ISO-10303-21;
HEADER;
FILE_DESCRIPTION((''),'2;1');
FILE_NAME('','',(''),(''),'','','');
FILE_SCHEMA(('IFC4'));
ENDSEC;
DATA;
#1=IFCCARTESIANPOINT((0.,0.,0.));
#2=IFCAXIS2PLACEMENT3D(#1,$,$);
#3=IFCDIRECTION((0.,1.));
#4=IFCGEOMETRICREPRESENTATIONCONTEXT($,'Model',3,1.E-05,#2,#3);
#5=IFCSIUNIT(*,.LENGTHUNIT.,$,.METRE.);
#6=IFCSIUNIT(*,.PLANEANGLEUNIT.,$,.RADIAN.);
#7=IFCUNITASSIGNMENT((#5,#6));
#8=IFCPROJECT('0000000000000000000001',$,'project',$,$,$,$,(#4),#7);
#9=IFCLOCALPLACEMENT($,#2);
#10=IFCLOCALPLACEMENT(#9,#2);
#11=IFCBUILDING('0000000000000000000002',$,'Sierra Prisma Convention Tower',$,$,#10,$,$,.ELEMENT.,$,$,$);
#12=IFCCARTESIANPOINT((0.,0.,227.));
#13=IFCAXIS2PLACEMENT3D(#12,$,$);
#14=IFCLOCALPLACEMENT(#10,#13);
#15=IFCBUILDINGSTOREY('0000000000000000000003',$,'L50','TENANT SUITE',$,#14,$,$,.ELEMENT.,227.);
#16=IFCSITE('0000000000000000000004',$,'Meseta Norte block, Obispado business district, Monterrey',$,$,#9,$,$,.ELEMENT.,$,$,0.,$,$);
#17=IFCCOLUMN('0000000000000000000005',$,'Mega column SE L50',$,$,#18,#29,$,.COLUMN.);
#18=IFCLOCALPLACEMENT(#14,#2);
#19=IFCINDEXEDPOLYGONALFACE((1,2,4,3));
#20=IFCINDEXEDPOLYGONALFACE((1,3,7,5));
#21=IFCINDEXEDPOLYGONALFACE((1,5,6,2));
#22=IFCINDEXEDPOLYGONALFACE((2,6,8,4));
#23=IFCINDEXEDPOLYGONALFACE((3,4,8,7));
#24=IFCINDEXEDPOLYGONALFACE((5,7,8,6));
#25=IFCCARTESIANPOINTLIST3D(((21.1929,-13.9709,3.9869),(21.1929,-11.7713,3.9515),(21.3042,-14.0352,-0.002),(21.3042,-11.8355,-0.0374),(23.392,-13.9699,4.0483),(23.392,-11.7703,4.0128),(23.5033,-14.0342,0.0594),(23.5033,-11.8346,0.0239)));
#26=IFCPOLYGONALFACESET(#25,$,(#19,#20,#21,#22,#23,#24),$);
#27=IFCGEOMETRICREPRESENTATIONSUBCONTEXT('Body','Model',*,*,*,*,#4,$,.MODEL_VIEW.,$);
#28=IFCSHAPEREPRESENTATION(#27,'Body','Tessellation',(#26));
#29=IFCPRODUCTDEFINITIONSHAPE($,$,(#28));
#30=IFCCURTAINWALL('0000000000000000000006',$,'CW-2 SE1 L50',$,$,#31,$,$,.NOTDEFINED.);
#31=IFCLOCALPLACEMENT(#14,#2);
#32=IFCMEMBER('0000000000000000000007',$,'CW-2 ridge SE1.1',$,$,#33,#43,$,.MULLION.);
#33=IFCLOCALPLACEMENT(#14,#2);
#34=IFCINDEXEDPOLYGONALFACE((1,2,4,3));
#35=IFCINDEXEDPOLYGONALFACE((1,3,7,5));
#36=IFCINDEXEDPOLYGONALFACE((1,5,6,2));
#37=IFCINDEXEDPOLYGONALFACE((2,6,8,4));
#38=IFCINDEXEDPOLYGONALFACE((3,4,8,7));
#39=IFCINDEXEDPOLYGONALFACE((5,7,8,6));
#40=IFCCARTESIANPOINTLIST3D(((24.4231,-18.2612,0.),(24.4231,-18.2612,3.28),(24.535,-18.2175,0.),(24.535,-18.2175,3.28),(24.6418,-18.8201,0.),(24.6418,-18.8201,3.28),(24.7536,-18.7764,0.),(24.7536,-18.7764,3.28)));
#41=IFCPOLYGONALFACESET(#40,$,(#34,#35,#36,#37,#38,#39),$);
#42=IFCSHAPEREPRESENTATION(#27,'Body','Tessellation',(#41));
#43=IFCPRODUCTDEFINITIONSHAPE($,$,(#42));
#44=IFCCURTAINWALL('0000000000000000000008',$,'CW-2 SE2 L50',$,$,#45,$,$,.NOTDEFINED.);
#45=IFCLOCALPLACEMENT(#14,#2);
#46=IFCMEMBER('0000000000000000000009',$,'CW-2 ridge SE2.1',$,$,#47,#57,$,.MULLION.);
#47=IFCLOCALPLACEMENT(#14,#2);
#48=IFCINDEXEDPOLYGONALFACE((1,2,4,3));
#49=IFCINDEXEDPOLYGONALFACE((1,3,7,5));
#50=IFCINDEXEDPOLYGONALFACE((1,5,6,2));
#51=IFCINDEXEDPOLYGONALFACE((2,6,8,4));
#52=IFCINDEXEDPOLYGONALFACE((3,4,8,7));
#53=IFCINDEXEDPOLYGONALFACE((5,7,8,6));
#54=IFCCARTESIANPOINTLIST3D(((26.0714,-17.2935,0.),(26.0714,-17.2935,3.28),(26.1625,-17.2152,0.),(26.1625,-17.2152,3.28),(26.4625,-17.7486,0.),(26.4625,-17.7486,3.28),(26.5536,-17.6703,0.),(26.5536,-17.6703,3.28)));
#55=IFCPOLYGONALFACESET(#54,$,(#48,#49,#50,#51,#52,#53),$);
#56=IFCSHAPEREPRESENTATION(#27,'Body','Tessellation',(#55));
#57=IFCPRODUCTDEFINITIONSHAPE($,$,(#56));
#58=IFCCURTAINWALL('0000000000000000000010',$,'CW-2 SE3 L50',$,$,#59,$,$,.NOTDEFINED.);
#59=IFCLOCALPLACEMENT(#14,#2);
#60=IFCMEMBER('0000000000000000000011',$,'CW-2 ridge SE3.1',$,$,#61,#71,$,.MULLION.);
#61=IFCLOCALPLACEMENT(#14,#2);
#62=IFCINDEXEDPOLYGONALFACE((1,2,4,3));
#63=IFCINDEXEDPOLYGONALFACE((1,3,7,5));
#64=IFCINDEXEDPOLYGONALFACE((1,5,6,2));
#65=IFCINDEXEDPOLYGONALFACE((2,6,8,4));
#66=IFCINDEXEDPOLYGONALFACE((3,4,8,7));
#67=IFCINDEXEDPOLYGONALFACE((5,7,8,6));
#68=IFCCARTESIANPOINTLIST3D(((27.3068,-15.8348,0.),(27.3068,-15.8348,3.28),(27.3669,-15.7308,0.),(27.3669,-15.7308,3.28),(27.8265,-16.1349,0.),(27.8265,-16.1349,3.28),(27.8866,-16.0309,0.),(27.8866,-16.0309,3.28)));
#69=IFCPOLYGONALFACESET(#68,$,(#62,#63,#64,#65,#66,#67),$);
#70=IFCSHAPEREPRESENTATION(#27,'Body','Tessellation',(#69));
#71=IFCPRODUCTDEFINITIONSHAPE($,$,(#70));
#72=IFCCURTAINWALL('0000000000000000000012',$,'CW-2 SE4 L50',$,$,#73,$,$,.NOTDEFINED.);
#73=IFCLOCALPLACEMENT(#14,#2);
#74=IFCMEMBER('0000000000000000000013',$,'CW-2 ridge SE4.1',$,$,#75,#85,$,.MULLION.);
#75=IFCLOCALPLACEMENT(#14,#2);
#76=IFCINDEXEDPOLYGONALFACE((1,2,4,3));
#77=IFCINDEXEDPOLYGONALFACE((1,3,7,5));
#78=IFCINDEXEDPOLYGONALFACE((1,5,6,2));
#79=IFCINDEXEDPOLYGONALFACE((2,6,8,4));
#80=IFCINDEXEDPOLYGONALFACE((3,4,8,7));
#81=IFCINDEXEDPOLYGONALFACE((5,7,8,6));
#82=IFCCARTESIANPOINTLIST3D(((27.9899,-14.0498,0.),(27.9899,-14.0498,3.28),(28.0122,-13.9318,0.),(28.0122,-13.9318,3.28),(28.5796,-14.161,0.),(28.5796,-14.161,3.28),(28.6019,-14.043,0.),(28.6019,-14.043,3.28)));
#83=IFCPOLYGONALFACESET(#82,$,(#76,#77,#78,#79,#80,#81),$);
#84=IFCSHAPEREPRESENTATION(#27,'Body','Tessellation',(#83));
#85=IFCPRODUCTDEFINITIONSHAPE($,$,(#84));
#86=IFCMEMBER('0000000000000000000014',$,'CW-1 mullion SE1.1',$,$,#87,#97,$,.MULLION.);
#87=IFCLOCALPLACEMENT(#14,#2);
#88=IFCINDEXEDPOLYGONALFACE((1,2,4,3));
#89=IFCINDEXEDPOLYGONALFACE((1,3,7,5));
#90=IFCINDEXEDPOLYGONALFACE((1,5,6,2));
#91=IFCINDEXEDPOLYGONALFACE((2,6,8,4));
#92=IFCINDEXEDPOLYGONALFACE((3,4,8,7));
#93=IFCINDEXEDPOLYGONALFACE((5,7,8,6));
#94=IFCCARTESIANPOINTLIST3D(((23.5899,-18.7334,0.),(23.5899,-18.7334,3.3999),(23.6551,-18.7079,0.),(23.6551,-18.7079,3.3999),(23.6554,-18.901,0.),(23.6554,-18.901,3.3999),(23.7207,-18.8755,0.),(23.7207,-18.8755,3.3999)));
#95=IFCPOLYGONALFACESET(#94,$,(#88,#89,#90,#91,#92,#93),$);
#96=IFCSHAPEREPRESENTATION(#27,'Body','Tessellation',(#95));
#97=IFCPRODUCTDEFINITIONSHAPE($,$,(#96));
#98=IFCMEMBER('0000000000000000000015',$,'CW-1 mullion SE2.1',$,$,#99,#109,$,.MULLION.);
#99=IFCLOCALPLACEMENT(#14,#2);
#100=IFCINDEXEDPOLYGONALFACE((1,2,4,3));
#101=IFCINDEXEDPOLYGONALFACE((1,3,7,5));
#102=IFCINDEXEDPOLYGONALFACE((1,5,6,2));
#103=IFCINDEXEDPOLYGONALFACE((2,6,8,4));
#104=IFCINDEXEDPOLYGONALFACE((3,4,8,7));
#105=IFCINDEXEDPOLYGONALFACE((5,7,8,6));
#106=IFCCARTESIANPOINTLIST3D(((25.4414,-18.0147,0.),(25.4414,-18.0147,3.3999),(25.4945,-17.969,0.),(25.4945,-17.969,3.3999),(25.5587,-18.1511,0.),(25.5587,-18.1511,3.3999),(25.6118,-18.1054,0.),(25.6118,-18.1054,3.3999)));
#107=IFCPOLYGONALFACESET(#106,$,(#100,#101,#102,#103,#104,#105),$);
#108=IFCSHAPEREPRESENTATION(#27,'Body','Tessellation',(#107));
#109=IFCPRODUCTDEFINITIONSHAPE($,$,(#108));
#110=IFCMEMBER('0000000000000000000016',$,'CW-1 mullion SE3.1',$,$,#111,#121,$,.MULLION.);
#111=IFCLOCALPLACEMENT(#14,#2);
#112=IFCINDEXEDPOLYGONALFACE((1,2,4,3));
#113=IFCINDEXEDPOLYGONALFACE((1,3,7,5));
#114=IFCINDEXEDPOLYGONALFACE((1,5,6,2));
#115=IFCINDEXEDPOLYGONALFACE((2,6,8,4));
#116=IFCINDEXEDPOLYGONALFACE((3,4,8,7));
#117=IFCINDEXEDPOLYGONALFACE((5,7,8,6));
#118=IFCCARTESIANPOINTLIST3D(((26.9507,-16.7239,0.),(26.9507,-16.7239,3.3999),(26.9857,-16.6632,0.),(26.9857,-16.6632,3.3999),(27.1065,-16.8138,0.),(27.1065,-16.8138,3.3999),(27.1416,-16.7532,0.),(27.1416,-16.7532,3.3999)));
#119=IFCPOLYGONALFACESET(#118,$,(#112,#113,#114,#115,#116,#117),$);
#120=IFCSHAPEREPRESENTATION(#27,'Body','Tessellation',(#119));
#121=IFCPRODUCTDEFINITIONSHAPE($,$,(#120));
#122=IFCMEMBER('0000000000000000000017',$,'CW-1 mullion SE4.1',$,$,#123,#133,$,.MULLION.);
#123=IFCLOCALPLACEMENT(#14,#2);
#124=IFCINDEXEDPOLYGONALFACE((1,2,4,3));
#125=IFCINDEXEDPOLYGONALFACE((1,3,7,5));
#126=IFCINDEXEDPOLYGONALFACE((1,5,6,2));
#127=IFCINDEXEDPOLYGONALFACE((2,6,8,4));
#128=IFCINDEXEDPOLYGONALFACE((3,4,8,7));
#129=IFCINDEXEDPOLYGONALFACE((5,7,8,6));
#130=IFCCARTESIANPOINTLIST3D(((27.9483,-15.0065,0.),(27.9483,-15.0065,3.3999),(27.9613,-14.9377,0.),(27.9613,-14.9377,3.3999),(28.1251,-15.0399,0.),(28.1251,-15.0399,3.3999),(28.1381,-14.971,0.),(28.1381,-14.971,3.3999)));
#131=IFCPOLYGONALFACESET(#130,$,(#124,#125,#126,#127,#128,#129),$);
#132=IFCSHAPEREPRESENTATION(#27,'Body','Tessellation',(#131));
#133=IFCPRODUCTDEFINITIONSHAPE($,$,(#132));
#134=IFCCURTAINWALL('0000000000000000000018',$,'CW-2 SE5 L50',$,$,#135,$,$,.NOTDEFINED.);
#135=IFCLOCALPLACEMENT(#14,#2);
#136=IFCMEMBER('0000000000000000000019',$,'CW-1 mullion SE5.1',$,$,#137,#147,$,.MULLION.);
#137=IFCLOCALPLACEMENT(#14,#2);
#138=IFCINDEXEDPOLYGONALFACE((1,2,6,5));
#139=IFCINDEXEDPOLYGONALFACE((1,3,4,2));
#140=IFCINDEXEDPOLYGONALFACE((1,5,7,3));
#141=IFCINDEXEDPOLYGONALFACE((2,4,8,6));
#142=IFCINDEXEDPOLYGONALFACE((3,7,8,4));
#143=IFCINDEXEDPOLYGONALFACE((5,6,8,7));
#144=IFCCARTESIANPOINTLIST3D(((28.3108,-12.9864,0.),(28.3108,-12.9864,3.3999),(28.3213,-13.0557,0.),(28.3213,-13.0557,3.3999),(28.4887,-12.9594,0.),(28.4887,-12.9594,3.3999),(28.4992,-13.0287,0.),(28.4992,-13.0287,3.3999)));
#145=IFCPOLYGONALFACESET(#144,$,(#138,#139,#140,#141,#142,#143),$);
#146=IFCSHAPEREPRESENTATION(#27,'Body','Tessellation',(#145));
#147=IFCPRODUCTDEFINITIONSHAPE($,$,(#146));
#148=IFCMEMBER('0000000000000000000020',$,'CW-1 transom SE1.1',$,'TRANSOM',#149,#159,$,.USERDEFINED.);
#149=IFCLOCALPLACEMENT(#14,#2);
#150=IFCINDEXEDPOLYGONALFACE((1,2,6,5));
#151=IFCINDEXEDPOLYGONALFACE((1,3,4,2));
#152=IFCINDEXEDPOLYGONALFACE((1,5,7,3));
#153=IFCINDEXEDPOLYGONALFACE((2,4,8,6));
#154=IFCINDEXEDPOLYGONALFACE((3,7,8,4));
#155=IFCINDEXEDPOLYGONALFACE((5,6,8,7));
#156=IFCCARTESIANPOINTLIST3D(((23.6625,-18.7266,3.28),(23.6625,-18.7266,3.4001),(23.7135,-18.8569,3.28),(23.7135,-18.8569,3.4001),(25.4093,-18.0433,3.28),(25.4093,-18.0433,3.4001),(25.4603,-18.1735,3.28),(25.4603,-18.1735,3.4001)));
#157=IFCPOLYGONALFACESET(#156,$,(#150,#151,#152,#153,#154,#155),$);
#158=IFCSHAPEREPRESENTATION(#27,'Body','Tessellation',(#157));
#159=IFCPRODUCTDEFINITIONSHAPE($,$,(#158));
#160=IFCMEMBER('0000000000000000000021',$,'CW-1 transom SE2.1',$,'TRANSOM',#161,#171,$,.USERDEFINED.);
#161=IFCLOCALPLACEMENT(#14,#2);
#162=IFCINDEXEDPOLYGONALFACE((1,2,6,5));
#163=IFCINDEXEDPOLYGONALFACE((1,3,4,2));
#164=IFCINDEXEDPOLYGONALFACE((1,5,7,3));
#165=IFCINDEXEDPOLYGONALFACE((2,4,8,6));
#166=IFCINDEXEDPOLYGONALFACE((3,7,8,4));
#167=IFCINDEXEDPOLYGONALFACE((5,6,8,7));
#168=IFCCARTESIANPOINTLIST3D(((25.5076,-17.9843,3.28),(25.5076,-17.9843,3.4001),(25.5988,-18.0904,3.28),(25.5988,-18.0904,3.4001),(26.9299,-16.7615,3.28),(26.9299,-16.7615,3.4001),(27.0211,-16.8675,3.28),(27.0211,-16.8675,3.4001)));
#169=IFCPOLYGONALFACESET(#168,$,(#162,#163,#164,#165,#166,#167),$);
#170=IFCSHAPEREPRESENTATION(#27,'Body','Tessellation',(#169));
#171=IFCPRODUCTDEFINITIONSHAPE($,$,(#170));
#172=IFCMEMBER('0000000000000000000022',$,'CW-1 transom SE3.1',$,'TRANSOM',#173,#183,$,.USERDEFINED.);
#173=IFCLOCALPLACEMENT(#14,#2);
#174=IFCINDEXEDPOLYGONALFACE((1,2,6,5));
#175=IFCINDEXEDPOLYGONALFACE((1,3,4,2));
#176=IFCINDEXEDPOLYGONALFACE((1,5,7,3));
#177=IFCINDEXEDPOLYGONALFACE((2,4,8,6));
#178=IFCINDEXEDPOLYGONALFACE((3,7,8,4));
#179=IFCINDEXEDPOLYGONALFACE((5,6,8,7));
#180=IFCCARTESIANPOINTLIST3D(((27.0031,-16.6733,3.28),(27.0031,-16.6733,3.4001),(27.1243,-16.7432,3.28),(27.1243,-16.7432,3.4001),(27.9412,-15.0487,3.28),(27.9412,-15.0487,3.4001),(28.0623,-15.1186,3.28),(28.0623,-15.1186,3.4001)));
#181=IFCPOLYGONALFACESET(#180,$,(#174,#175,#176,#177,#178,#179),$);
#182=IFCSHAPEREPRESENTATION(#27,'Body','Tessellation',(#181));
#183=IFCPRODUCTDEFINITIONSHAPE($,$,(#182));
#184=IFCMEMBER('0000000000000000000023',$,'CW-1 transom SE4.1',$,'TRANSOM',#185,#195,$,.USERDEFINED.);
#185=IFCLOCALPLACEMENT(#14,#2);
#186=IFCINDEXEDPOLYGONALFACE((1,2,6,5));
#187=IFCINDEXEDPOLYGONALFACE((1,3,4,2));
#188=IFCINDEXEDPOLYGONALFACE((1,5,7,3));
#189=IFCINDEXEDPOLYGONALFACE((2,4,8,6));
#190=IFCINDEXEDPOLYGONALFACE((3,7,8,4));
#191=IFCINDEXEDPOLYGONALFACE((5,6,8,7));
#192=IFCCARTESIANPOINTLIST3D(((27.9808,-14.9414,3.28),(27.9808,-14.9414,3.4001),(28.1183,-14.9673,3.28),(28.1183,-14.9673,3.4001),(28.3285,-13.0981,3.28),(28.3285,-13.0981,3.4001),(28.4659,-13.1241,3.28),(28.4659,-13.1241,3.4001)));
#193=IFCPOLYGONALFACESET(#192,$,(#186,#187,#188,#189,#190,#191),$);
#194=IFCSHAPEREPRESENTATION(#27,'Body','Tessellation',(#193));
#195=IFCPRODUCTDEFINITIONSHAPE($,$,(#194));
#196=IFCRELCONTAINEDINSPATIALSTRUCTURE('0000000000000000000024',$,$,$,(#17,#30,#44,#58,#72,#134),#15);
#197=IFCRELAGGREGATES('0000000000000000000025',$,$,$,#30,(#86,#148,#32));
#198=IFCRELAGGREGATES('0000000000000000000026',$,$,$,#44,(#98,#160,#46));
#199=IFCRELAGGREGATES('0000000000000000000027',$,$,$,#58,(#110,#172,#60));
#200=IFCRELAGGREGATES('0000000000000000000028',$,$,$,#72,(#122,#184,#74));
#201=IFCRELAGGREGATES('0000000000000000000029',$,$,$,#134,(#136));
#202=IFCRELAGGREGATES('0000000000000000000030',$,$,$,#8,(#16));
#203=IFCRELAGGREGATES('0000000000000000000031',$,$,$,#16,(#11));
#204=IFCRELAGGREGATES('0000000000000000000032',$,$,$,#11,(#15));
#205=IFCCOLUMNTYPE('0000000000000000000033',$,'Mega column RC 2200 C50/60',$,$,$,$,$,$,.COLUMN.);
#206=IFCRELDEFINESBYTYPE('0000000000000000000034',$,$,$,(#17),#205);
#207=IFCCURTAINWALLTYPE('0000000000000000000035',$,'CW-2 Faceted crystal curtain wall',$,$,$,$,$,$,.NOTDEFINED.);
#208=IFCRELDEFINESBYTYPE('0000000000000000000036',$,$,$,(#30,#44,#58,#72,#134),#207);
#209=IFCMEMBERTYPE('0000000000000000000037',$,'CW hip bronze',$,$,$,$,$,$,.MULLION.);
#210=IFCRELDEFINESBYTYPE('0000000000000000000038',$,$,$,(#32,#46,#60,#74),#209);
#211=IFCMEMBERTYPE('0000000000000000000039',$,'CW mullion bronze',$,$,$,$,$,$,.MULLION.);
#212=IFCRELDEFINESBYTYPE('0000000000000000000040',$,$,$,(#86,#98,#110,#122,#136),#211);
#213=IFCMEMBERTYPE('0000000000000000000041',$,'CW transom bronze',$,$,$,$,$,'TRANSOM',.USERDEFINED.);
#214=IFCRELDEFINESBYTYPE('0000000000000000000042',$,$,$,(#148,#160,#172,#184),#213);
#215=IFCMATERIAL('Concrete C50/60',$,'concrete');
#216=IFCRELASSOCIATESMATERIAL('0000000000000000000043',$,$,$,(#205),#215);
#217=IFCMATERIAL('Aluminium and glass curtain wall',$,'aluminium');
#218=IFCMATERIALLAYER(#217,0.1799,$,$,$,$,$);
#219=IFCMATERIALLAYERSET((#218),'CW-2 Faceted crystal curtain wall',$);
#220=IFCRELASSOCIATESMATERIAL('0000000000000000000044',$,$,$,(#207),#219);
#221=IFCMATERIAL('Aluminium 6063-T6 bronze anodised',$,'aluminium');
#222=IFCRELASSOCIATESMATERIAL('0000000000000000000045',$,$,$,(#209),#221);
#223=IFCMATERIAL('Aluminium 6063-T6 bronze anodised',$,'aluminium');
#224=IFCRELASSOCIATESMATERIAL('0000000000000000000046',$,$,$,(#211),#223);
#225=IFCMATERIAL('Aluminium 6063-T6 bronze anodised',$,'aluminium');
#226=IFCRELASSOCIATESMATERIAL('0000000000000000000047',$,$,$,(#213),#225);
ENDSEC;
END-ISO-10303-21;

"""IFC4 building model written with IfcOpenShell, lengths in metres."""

from ifc_helpers import new_model, si_unit, direction, frame, origin, origin_2d, place, context, subcontext, project, spatial, rectangle, extrude, clip, halfspace, material, layer, layer_set, material_profile, profile_set, type_object, element, aggregate, save


model = new_model("IFC4")

# Units and contexts
model_context = context("Model", 3, precision=1e-05, world=origin(), true_north=direction((0.0, 1.0)))
body_context = subcontext(model_context, "Body", "Model", "MODEL_VIEW")
ifc_project = project(units=[si_unit("LENGTHUNIT", "METRE"), si_unit("PLANEANGLEUNIT", "RADIAN")], contexts=[model_context])

# Site, building, storey
site_placement = place(None, origin())
site = spatial("IfcSite", under=ifc_project, at=site_placement, Name="Meseta Norte block, Obispado business district, Monterrey", CompositionType="ELEMENT", RefElevation=0.0)
building_placement = place(site_placement, origin())
building = spatial("IfcBuilding", under=site, at=building_placement, Name="Sierra Prisma Convention Tower", CompositionType="ELEMENT")
storey_placement = place(building_placement, frame((0.0, 0.0, 227.0)))
storey = spatial("IfcBuildingStorey", under=building, at=storey_placement, Name="L50", Description="TENANT SUITE", CompositionType="ELEMENT", Elevation=227.0)

# Column
ifc_material_1 = material(Name="Concrete C50/60", Category="concrete")
ifc_material_profile_1 = material_profile(ifc_material_1, rectangle(XDim=2.2, YDim=2.2, at=origin_2d()), Name="Mega column RC 2200 C50/60")
ifc_profile_set_1 = profile_set([ifc_material_profile_1], Name="Concrete C50/60")
column_type = type_object("IfcColumnType", Name="Mega column RC 2200 C50/60", PredefinedType="COLUMN", material=ifc_profile_set_1)
column_placement = place(storey_placement, frame((22.4041, -12.9351, 0.0), z_axis=(-0.027879, 0.016105, 0.999482), x_axis=(0.999611, 0.000449, 0.027875)))
element("IfcColumn", 1, at=column_placement, inside=storey, type_object=column_type, Name="Mega column SE L50", PredefinedType="COLUMN", context=body_context, shape_type="SweptSolid", body=[
    clip(extrude(rectangle(XDim=2.2, YDim=2.2, at=origin_2d()), origin(), (0.0, 0.0, 1.0), 4.002), halfspace(frame((0.0, 0.0, 0.011)), True)),
])

# Curtain walls, members
ifc_material_2 = material(Name="Aluminium and glass curtain wall", Category="aluminium")
ifc_layer_1 = layer(ifc_material_2, 0.1799)
ifc_layer_set_1 = layer_set([ifc_layer_1], Name="CW-2 Faceted crystal curtain wall")
curtain_wall_type = type_object("IfcCurtainWallType", Name="CW-2 Faceted crystal curtain wall", PredefinedType="NOTDEFINED", material=ifc_layer_set_1)
curtain_wall_1_placement = place(storey_placement, origin())
curtain_wall_1 = element("IfcCurtainWall", 2, at=curtain_wall_1_placement, inside=storey, type_object=curtain_wall_type, Name="CW-2 SE1 L50", PredefinedType="NOTDEFINED")
ifc_material_3 = material(Name="Aluminium 6063-T6 bronze anodised", Category="aluminium")
ifc_material_profile_2 = material_profile(ifc_material_3, rectangle(XDim=0.1201, YDim=0.6001, at=origin_2d()), Name="ALU RIDGE BLADE 120x600")
ifc_profile_set_2 = profile_set([ifc_material_profile_2], Name="Aluminium 6063-T6 bronze anodised")
member_type_1 = type_object("IfcMemberType", Name="CW hip bronze", PredefinedType="MULLION", material=ifc_profile_set_2)
member_1_placement = place(storey_placement, frame((24.5884, -18.5188, 0.0), z_axis=(0.0, 0.0, 1.0), x_axis=(0.931286, 0.364288, 0.0)))
member_1 = element("IfcMember", 3, at=member_1_placement, type_object=member_type_1, Name="CW-2 ridge SE1.1", PredefinedType="MULLION", context=body_context, shape_type="SweptSolid", body=[
    extrude(rectangle(XDim=0.1201, YDim=0.6001, at=origin_2d()), origin(), (0.0, 0.0, 1.0), 3.28),
])
curtain_wall_2_placement = place(storey_placement, origin())
curtain_wall_2 = element("IfcCurtainWall", 4, at=curtain_wall_2_placement, inside=storey, type_object=curtain_wall_type, Name="CW-2 SE2 L50", PredefinedType="NOTDEFINED")
member_2_placement = place(storey_placement, frame((26.3125, -17.4819, 0.0), z_axis=(0.0, 0.0, 1.0), x_axis=(0.75834, 0.651859, 0.0)))
member_2 = element("IfcMember", 5, at=member_2_placement, type_object=member_type_1, Name="CW-2 ridge SE2.1", PredefinedType="MULLION", context=body_context, shape_type="SweptSolid", body=[
    extrude(rectangle(XDim=0.1201, YDim=0.6001, at=origin_2d()), origin(), (0.0, 0.0, 1.0), 3.28),
])
curtain_wall_3_placement = place(storey_placement, origin())
curtain_wall_3 = element("IfcCurtainWall", 6, at=curtain_wall_3_placement, inside=storey, type_object=curtain_wall_type, Name="CW-2 SE3 L50", PredefinedType="NOTDEFINED")
member_3_placement = place(storey_placement, frame((27.5967, -15.9329, 0.0), z_axis=(0.0, 0.0, 1.0), x_axis=(0.5, 0.866025, 0.0)))
member_3 = element("IfcMember", 7, at=member_3_placement, type_object=member_type_1, Name="CW-2 ridge SE3.1", PredefinedType="MULLION", context=body_context, shape_type="SweptSolid", body=[
    extrude(rectangle(XDim=0.1201, YDim=0.6001, at=origin_2d()), origin(), (0.0, 0.0, 1.0), 3.28),
])
curtain_wall_4_placement = place(storey_placement, origin())
curtain_wall_4 = element("IfcCurtainWall", 8, at=curtain_wall_4_placement, inside=storey, type_object=curtain_wall_type, Name="CW-2 SE4 L50", PredefinedType="NOTDEFINED")
member_4_placement = place(storey_placement, frame((28.2959, -14.0464, 0.0), z_axis=(0.0, 0.0, 1.0), x_axis=(0.185356, 0.982671, 0.0)))
member_4 = element("IfcMember", 9, at=member_4_placement, type_object=member_type_1, Name="CW-2 ridge SE4.1", PredefinedType="MULLION", context=body_context, shape_type="SweptSolid", body=[
    extrude(rectangle(XDim=0.1201, YDim=0.6001, at=origin_2d()), origin(), (0.0, 0.0, 1.0), 3.28),
])

# Members
ifc_material_4 = material(Name="Aluminium 6063-T6 bronze anodised", Category="aluminium")
ifc_material_profile_3 = material_profile(ifc_material_4, rectangle(XDim=0.1799, YDim=0.0701, at=origin_2d()), Name="ALU MULLION 70x180")
ifc_profile_set_3 = profile_set([ifc_material_profile_3], Name="Aluminium 6063-T6 bronze anodised")
member_type_2 = type_object("IfcMemberType", Name="CW mullion bronze", PredefinedType="MULLION", material=ifc_profile_set_3)
member_5_placement = place(storey_placement, frame((23.6553, -18.8044, 0.0), z_axis=(0.0, 0.0, 1.0), x_axis=(-0.364288, 0.931286, 0.0)))
member_5 = element("IfcMember", 10, at=member_5_placement, type_object=member_type_2, Name="CW-1 mullion SE1.1", PredefinedType="MULLION", context=body_context, shape_type="SweptSolid", body=[
    extrude(rectangle(XDim=0.1799, YDim=0.0701, at=origin_2d()), origin(), (0.0, 0.0, 1.0), 3.3999),
])
member_6_placement = place(storey_placement, frame((25.5266, -18.0601, 0.0), z_axis=(0.0, 0.0, 1.0), x_axis=(-0.651859, 0.75834, 0.0)))
member_6 = element("IfcMember", 11, at=member_6_placement, type_object=member_type_2, Name="CW-1 mullion SE2.1", PredefinedType="MULLION", context=body_context, shape_type="SweptSolid", body=[
    extrude(rectangle(XDim=0.1799, YDim=0.0701, at=origin_2d()), origin(), (0.0, 0.0, 1.0), 3.3999),
])
member_7_placement = place(storey_placement, frame((27.0461, -16.7385, 0.0), z_axis=(0.0, 0.0, 1.0), x_axis=(-0.866025, 0.5, 0.0)))
member_7 = element("IfcMember", 12, at=member_7_placement, type_object=member_type_2, Name="CW-1 mullion SE3.1", PredefinedType="MULLION", context=body_context, shape_type="SweptSolid", body=[
    extrude(rectangle(XDim=0.1799, YDim=0.0701, at=origin_2d()), origin(), (0.0, 0.0, 1.0), 3.3999),
])
member_8_placement = place(storey_placement, frame((28.0432, -14.9888, 0.0), z_axis=(0.0, 0.0, 1.0), x_axis=(-0.982671, 0.185356, 0.0)))
member_8 = element("IfcMember", 13, at=member_8_placement, type_object=member_type_2, Name="CW-1 mullion SE4.1", PredefinedType="MULLION", context=body_context, shape_type="SweptSolid", body=[
    extrude(rectangle(XDim=0.1799, YDim=0.0701, at=origin_2d()), origin(), (0.0, 0.0, 1.0), 3.3999),
])

# Curtain wall, member
curtain_wall_5_placement = place(storey_placement, origin())
curtain_wall_5 = element("IfcCurtainWall", 14, at=curtain_wall_5_placement, inside=storey, type_object=curtain_wall_type, Name="CW-2 SE5 L50", PredefinedType="NOTDEFINED")
member_9_placement = place(storey_placement, frame((28.405, -13.0076, 0.0), z_axis=(0.0, 0.0, 1.0), x_axis=(-0.988662, -0.15016, 0.0)))
member_9 = element("IfcMember", 15, at=member_9_placement, type_object=member_type_2, Name="CW-1 mullion SE5.1", PredefinedType="MULLION", context=body_context, shape_type="SweptSolid", body=[
    extrude(rectangle(XDim=0.1799, YDim=0.0701, at=origin_2d()), origin(), (0.0, 0.0, 1.0), 3.3999),
])

# Members
ifc_material_5 = material(Name="Aluminium 6063-T6 bronze anodised", Category="aluminium")
ifc_material_profile_4 = material_profile(ifc_material_5, rectangle(XDim=0.1399, YDim=0.1201, at=origin_2d()), Name="ALU TRANSOM 120x140")
ifc_profile_set_4 = profile_set([ifc_material_profile_4], Name="Aluminium 6063-T6 bronze anodised")
member_type_3 = type_object("IfcMemberType", Name="CW transom bronze", ElementType="TRANSOM", PredefinedType="USERDEFINED", material=ifc_profile_set_4)
member_10_placement = place(storey_placement, frame((23.688, -18.7917, 3.3401), z_axis=(0.931277, 0.364311, 0.0), x_axis=(-0.364311, 0.931277, 0.0)))
member_10 = element("IfcMember", 16, at=member_10_placement, type_object=member_type_3, Name="CW-1 transom SE1.1", ObjectType="TRANSOM", PredefinedType="USERDEFINED", context=body_context, shape_type="SweptSolid", body=[
    extrude(rectangle(XDim=0.1399, YDim=0.1201, at=origin_2d()), origin(), (0.0, 0.0, 1.0), 1.8757),
])
member_11_placement = place(storey_placement, frame((25.5532, -18.0374, 3.3401), z_axis=(0.758273, 0.651938, 0.0), x_axis=(-0.651938, 0.758273, 0.0)))
member_11 = element("IfcMember", 17, at=member_11_placement, type_object=member_type_3, Name="CW-1 transom SE2.1", ObjectType="TRANSOM", PredefinedType="USERDEFINED", context=body_context, shape_type="SweptSolid", body=[
    extrude(rectangle(XDim=0.1399, YDim=0.1201, at=origin_2d()), origin(), (0.0, 0.0, 1.0), 1.8757),
])
member_12_placement = place(storey_placement, frame((27.0637, -16.7083, 3.3401), z_axis=(0.50003, 0.866008, 0.0), x_axis=(-0.866008, 0.50003, 0.0)))
member_12 = element("IfcMember", 18, at=member_12_placement, type_object=member_type_3, Name="CW-1 transom SE3.1", ObjectType="TRANSOM", PredefinedType="USERDEFINED", context=body_context, shape_type="SweptSolid", body=[
    extrude(rectangle(XDim=0.1399, YDim=0.1201, at=origin_2d()), origin(), (0.0, 0.0, 1.0), 1.876),
])
member_13_placement = place(storey_placement, frame((28.0496, -14.9543, 3.3401), z_axis=(0.185341, 0.982674, 0.0), x_axis=(-0.982674, 0.185341, 0.0)))
member_13 = element("IfcMember", 19, at=member_13_placement, type_object=member_type_3, Name="CW-1 transom SE4.1", ObjectType="TRANSOM", PredefinedType="USERDEFINED", context=body_context, shape_type="SweptSolid", body=[
    extrude(rectangle(XDim=0.1399, YDim=0.1201, at=origin_2d()), origin(), (0.0, 0.0, 1.0), 1.8757),
])

aggregate(curtain_wall_1, [member_5, member_10, member_1])
aggregate(curtain_wall_2, [member_6, member_11, member_2])
aggregate(curtain_wall_3, [member_7, member_12, member_3])
aggregate(curtain_wall_4, [member_8, member_13, member_4])
aggregate(curtain_wall_5, [member_9])

save(model, "model.ifc")
